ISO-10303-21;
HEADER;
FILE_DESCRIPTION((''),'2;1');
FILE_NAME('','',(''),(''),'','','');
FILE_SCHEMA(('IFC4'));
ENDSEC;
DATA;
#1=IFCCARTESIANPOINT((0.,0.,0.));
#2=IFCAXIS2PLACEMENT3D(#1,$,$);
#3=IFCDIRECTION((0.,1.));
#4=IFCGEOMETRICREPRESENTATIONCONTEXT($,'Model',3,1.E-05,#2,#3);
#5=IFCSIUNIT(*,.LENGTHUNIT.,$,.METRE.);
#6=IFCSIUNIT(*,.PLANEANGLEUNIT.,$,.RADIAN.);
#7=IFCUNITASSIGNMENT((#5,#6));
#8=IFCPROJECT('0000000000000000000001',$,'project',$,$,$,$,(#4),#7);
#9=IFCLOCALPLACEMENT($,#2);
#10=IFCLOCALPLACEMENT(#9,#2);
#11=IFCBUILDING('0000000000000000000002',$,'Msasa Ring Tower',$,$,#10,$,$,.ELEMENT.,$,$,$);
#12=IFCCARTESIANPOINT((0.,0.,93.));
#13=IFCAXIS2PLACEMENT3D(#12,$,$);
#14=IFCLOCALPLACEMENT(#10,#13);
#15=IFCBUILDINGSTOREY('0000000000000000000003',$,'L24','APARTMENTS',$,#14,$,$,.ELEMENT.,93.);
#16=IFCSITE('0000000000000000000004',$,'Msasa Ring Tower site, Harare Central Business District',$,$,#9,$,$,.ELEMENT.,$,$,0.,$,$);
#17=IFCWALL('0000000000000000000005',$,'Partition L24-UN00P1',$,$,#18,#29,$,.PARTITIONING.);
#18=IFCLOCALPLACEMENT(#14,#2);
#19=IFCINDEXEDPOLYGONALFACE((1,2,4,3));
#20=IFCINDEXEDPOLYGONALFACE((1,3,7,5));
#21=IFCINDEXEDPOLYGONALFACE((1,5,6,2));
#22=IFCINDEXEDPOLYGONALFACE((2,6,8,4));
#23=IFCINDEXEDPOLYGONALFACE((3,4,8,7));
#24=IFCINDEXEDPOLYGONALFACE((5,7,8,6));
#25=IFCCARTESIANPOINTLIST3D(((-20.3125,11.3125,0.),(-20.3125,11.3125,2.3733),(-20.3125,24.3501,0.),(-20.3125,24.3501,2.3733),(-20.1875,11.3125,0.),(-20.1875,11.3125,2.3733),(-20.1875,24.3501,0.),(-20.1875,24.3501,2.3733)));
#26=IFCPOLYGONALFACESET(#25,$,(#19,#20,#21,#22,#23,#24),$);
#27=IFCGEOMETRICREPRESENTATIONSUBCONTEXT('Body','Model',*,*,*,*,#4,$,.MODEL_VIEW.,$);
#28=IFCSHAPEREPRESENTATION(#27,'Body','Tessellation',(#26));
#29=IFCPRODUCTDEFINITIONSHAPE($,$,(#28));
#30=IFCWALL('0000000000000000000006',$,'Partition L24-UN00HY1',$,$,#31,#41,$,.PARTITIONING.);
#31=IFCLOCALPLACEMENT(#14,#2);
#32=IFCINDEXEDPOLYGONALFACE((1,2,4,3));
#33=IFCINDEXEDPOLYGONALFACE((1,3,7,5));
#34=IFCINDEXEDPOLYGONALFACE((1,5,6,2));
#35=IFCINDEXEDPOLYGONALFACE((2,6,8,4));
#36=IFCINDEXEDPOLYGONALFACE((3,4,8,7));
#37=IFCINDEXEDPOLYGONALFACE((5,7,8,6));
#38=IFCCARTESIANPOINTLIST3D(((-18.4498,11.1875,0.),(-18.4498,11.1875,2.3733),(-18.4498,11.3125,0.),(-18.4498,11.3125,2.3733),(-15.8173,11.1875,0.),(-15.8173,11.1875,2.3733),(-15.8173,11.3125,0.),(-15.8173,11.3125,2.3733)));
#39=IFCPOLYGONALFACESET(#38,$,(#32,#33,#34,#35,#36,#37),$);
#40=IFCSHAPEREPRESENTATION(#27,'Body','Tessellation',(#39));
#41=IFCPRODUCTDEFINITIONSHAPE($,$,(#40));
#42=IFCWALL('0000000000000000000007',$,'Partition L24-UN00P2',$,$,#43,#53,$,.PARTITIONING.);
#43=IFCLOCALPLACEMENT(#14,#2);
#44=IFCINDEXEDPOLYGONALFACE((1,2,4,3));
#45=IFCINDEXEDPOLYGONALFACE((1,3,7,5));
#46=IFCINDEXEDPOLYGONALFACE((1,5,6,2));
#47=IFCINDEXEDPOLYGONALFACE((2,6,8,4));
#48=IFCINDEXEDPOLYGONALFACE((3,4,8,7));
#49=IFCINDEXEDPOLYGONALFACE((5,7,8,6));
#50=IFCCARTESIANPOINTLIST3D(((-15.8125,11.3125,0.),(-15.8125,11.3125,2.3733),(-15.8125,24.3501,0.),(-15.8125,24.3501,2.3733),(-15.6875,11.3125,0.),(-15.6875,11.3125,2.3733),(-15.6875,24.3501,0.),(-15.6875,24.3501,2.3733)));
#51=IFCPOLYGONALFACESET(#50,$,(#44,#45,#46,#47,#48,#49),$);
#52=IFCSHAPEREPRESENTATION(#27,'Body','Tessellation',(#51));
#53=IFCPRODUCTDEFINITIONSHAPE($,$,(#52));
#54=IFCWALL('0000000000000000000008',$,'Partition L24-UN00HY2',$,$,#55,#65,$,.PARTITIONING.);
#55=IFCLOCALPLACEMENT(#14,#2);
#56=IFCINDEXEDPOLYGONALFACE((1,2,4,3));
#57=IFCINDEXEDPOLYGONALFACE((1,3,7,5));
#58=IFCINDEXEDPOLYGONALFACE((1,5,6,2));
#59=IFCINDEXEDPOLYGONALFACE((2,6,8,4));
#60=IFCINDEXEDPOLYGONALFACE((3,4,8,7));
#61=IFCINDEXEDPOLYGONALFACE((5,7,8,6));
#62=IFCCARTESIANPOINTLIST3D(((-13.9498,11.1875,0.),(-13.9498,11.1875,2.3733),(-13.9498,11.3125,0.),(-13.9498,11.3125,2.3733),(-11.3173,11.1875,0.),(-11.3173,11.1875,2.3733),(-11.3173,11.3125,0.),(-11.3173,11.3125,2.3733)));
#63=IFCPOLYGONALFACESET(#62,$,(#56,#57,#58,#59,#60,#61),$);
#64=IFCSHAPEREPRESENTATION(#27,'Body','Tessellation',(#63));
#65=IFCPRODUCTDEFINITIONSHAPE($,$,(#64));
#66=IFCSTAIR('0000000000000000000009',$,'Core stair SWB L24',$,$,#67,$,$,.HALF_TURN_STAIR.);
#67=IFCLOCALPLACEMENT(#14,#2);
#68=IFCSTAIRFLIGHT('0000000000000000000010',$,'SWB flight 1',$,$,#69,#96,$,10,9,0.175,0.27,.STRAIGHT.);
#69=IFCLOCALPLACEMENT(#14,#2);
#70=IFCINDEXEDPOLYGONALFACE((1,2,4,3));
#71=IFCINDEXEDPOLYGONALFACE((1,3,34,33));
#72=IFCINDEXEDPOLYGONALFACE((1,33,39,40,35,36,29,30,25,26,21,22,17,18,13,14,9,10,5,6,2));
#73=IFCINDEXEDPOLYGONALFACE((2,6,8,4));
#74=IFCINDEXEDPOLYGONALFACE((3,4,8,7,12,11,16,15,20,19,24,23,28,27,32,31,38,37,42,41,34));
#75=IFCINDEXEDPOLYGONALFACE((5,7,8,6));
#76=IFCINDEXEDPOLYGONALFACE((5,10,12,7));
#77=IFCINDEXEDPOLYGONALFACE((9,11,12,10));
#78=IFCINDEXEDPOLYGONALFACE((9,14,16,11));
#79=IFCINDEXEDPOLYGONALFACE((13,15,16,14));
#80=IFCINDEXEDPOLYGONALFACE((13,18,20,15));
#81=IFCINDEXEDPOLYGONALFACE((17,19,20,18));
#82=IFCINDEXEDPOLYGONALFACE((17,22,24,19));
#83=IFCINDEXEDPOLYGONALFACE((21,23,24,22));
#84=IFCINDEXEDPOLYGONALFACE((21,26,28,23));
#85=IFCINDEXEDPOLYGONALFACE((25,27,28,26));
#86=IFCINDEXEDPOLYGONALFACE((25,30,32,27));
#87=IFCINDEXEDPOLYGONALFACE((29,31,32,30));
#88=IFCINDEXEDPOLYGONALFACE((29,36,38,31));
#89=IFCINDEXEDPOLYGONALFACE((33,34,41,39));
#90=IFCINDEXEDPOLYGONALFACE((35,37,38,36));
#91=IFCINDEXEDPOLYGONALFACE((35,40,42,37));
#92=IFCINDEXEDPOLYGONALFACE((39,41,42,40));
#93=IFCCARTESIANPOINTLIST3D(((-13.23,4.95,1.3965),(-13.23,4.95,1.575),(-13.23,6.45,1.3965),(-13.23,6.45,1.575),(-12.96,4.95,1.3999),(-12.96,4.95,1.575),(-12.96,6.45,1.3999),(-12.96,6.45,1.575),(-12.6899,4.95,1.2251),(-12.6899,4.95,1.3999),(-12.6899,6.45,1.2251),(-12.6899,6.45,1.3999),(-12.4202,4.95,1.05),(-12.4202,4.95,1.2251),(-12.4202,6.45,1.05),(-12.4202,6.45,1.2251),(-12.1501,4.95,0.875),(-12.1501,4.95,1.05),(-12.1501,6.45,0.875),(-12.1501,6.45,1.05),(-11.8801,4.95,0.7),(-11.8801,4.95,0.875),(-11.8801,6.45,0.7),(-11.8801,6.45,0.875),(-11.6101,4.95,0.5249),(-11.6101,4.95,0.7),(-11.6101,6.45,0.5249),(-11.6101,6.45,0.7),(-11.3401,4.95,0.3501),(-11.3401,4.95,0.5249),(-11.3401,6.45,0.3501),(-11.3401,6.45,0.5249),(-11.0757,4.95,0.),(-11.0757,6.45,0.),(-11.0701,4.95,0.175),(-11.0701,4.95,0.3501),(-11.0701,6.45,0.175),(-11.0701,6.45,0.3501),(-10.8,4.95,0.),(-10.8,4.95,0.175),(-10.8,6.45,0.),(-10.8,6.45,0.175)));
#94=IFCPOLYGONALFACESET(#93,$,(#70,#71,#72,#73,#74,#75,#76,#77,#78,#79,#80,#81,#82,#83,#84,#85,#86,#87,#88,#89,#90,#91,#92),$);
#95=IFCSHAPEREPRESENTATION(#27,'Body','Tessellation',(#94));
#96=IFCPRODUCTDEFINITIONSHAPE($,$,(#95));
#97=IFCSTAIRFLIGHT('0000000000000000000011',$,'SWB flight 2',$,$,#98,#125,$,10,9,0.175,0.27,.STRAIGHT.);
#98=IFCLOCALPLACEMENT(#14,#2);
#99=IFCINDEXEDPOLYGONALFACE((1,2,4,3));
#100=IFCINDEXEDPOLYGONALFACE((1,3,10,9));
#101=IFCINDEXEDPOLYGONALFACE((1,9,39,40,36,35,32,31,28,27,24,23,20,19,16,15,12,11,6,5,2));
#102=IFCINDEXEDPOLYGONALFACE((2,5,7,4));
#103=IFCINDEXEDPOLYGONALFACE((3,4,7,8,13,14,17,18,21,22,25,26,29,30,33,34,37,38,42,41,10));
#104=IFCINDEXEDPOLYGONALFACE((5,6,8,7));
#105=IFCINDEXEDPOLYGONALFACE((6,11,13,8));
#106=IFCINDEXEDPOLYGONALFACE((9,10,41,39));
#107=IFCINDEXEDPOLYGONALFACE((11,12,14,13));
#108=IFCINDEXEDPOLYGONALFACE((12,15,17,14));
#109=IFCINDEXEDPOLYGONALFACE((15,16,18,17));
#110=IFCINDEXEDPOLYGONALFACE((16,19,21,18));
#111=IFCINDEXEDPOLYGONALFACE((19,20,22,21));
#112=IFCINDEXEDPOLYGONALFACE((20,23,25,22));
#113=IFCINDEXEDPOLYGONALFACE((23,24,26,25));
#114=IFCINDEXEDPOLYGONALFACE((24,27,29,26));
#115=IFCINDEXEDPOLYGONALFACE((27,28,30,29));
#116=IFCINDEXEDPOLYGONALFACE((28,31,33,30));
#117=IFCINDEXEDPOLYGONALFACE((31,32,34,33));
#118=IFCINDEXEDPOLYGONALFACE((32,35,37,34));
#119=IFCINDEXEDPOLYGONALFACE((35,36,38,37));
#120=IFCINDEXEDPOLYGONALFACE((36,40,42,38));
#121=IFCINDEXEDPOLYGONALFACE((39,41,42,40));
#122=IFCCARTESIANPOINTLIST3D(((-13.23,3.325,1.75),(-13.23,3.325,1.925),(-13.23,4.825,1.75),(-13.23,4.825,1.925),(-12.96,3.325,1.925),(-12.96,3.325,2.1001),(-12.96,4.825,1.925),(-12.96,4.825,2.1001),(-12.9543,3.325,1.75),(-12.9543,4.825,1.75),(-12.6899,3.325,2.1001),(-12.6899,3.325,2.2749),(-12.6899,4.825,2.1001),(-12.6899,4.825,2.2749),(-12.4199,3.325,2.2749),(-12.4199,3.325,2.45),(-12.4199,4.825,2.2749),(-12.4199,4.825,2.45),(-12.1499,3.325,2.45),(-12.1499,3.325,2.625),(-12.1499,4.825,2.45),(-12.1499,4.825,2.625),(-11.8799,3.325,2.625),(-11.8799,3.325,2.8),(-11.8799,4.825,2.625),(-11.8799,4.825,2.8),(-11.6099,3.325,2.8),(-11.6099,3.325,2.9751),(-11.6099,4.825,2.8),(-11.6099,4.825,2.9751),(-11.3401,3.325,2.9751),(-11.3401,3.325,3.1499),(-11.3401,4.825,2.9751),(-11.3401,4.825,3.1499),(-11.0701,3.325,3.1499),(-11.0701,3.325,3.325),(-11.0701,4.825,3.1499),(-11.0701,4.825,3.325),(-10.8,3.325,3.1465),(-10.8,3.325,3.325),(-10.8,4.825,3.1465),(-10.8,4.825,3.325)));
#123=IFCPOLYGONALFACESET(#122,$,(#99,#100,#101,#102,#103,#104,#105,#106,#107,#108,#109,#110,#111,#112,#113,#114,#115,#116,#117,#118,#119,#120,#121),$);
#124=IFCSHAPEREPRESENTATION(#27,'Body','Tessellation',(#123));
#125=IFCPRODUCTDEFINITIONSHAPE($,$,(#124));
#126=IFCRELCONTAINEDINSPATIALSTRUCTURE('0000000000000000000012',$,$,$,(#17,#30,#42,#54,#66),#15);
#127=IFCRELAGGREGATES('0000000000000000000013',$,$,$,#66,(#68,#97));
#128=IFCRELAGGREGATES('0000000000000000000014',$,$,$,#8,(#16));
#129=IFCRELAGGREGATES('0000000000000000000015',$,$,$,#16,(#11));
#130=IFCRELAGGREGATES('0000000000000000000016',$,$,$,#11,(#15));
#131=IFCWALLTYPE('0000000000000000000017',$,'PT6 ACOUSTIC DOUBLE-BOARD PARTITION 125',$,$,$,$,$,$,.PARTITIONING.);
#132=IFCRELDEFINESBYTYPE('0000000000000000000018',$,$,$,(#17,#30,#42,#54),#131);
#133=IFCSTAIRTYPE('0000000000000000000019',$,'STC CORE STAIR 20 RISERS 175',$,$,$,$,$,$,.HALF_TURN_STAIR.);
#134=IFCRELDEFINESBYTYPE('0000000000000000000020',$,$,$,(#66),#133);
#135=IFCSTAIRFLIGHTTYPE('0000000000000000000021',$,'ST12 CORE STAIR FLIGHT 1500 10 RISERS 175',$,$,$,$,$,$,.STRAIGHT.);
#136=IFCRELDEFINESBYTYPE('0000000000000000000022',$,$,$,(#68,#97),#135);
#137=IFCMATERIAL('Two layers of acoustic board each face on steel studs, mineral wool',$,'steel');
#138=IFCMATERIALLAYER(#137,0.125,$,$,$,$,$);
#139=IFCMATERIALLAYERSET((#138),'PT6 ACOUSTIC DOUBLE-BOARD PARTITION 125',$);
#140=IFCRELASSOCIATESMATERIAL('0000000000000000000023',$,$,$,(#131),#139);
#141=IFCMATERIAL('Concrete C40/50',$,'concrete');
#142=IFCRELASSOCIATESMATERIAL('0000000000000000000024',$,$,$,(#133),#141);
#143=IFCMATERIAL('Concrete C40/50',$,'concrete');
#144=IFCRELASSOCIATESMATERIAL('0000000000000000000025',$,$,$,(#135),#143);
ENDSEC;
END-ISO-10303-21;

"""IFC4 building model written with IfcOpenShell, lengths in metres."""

from ifc_helpers import new_model, si_unit, direction, frame, frame_2d, origin, place, context, subcontext, project, spatial, polyline, rectangle, outline, extrude, material, layer, layer_set, type_object, element, aggregate, save


model = new_model("IFC4")

# Units and contexts
model_context = context("Model", 3, precision=1e-05, world=origin(), true_north=direction((0.0, 1.0)))
body_context = subcontext(model_context, "Body", "Model", "MODEL_VIEW")
ifc_project = project(units=[si_unit("LENGTHUNIT", "METRE"), si_unit("PLANEANGLEUNIT", "RADIAN")], contexts=[model_context])

# Site, building, storey
site_placement = place(None, origin())
site = spatial("IfcSite", under=ifc_project, at=site_placement, Name="Msasa Ring Tower site, Harare Central Business District", CompositionType="ELEMENT", RefElevation=0.0)
building_placement = place(site_placement, origin())
building = spatial("IfcBuilding", under=site, at=building_placement, Name="Msasa Ring Tower", CompositionType="ELEMENT")
storey_placement = place(building_placement, frame((0.0, 0.0, 93.0)))
storey = spatial("IfcBuildingStorey", under=building, at=storey_placement, Name="L24", Description="APARTMENTS", CompositionType="ELEMENT", Elevation=93.0)

# Walls
ifc_material_1 = material(Name="Two layers of acoustic board each face on steel studs, mineral wool", Category="steel")
ifc_layer_1 = layer(ifc_material_1, 0.125)
ifc_layer_set_1 = layer_set([ifc_layer_1], Name="PT6 ACOUSTIC DOUBLE-BOARD PARTITION 125")
wall_type_1 = type_object("IfcWallType", Name="PT6 ACOUSTIC DOUBLE-BOARD PARTITION 125", PredefinedType="PARTITIONING", material=ifc_layer_set_1)
wall_1_placement = place(storey_placement, frame((-20.25, 11.3125, 0.0), z_axis=(0.0, 0.0, 1.0), x_axis=(0.0, 1.0, 0.0)))
element("IfcWall", 1, at=wall_1_placement, inside=storey, type_object=wall_type_1, Name="Partition L24-UN00P1", PredefinedType="PARTITIONING", context=body_context, shape_type="SweptSolid", body=[
    extrude(rectangle(XDim=13.0376, YDim=0.125, at=frame_2d((6.5188, 0.0))), origin(), (0.0, 0.0, 1.0), 2.3733),
])
wall_2_placement = place(storey_placement, frame((-18.45, 11.25, 0.0), z_axis=(0.0, 0.0, 1.0), x_axis=(1.0, 0.0, 0.0)))
element("IfcWall", 2, at=wall_2_placement, inside=storey, type_object=wall_type_1, Name="Partition L24-UN00HY1", PredefinedType="PARTITIONING", context=body_context, shape_type="SweptSolid", body=[
    extrude(rectangle(XDim=2.6326, YDim=0.125, at=frame_2d((1.3164, 0.0))), origin(), (0.0, 0.0, 1.0), 2.3733),
])
wall_3_placement = place(storey_placement, frame((-15.75, 11.3125, 0.0), z_axis=(0.0, 0.0, 1.0), x_axis=(0.0, 1.0, 0.0)))
element("IfcWall", 3, at=wall_3_placement, inside=storey, type_object=wall_type_1, Name="Partition L24-UN00P2", PredefinedType="PARTITIONING", context=body_context, shape_type="SweptSolid", body=[
    extrude(rectangle(XDim=13.0376, YDim=0.125, at=frame_2d((6.5188, 0.0))), origin(), (0.0, 0.0, 1.0), 2.3733),
])
wall_4_placement = place(storey_placement, frame((-13.95, 11.25, 0.0), z_axis=(0.0, 0.0, 1.0), x_axis=(1.0, 0.0, 0.0)))
element("IfcWall", 4, at=wall_4_placement, inside=storey, type_object=wall_type_1, Name="Partition L24-UN00HY2", PredefinedType="PARTITIONING", context=body_context, shape_type="SweptSolid", body=[
    extrude(rectangle(XDim=2.6326, YDim=0.125, at=frame_2d((1.3164, 0.0))), origin(), (0.0, 0.0, 1.0), 2.3733),
])

# Stair, stair flights
ifc_material_2 = material(Name="Concrete C40/50", Category="concrete")
stair_type = type_object("IfcStairType", Name="STC CORE STAIR 20 RISERS 175", PredefinedType="HALF_TURN_STAIR", material=ifc_material_2)
stair_placement = place(storey_placement, origin())
stair = element("IfcStair", 5, at=stair_placement, inside=storey, type_object=stair_type, Name="Core stair SWB L24", PredefinedType="HALF_TURN_STAIR")
ifc_material_3 = material(Name="Concrete C40/50", Category="concrete")
stair_flight_type = type_object("IfcStairFlightType", Name="ST12 CORE STAIR FLIGHT 1500 10 RISERS 175", PredefinedType="STRAIGHT", material=ifc_material_3)
stair_flight_1_placement = place(storey_placement, frame((-10.8, 5.7, 0.0), z_axis=(0.0, 0.0, 1.0), x_axis=(-1.0, 0.0, 0.0)))
stair_flight_1 = element("IfcStairFlight", 6, at=stair_flight_1_placement, type_object=stair_flight_type, Name="SWB flight 1", NumberOfRisers=10, NumberOfTreads=9, PredefinedType="STRAIGHT", RiserHeight=0.175, TreadLength=0.27, context=body_context, shape_type="SweptSolid", body=[
    extrude(outline(polyline([(0.0, 0.0), (0.0, 0.175), (0.27, 0.175), (0.27, 0.3501), (0.54, 0.3501), (0.54, 0.5249), (0.8101, 0.5249), (0.8101, 0.7), (1.0801, 0.7), (1.0801, 0.875), (1.3501, 0.875), (1.3501, 1.05), (1.6201, 1.05), (1.6201, 1.2251), (1.8899, 1.2251), (1.8899, 1.3999), (2.1599, 1.3999), (2.1599, 1.575), (2.4299, 1.575), (2.4299, 1.75), (2.4299, 1.3965), (0.2756, 0.0), (0.0, 0.0)])), frame((0.0, 0.75, 0.0), z_axis=(0.0, -1.0, 0.0), x_axis=(1.0, 0.0, 0.0)), (0.0, 0.0, 1.0), 1.5),
])
stair_flight_2_placement = place(storey_placement, frame((-13.23, 4.075, 1.75), z_axis=(0.0, 0.0, 1.0), x_axis=(1.0, 0.0, 0.0)))
stair_flight_2 = element("IfcStairFlight", 7, at=stair_flight_2_placement, type_object=stair_flight_type, Name="SWB flight 2", NumberOfRisers=10, NumberOfTreads=9, PredefinedType="STRAIGHT", RiserHeight=0.175, TreadLength=0.27, context=body_context, shape_type="SweptSolid", body=[
    extrude(outline(polyline([(0.0, 0.0), (0.0, 0.175), (0.27, 0.175), (0.27, 0.3501), (0.54, 0.3501), (0.54, 0.5249), (0.8101, 0.5249), (0.8101, 0.7), (1.0801, 0.7), (1.0801, 0.875), (1.3501, 0.875), (1.3501, 1.05), (1.6201, 1.05), (1.6201, 1.2251), (1.8899, 1.2251), (1.8899, 1.3999), (2.1599, 1.3999), (2.1599, 1.575), (2.4299, 1.575), (2.4299, 1.75), (2.4299, 1.3965), (0.2756, 0.0), (0.0, 0.0)])), frame((0.0, 0.75, 0.0), z_axis=(0.0, -1.0, 0.0), x_axis=(1.0, 0.0, 0.0)), (0.0, 0.0, 1.0), 1.5),
])
aggregate(stair, [stair_flight_1, stair_flight_2])

save(model, "model.ifc")
